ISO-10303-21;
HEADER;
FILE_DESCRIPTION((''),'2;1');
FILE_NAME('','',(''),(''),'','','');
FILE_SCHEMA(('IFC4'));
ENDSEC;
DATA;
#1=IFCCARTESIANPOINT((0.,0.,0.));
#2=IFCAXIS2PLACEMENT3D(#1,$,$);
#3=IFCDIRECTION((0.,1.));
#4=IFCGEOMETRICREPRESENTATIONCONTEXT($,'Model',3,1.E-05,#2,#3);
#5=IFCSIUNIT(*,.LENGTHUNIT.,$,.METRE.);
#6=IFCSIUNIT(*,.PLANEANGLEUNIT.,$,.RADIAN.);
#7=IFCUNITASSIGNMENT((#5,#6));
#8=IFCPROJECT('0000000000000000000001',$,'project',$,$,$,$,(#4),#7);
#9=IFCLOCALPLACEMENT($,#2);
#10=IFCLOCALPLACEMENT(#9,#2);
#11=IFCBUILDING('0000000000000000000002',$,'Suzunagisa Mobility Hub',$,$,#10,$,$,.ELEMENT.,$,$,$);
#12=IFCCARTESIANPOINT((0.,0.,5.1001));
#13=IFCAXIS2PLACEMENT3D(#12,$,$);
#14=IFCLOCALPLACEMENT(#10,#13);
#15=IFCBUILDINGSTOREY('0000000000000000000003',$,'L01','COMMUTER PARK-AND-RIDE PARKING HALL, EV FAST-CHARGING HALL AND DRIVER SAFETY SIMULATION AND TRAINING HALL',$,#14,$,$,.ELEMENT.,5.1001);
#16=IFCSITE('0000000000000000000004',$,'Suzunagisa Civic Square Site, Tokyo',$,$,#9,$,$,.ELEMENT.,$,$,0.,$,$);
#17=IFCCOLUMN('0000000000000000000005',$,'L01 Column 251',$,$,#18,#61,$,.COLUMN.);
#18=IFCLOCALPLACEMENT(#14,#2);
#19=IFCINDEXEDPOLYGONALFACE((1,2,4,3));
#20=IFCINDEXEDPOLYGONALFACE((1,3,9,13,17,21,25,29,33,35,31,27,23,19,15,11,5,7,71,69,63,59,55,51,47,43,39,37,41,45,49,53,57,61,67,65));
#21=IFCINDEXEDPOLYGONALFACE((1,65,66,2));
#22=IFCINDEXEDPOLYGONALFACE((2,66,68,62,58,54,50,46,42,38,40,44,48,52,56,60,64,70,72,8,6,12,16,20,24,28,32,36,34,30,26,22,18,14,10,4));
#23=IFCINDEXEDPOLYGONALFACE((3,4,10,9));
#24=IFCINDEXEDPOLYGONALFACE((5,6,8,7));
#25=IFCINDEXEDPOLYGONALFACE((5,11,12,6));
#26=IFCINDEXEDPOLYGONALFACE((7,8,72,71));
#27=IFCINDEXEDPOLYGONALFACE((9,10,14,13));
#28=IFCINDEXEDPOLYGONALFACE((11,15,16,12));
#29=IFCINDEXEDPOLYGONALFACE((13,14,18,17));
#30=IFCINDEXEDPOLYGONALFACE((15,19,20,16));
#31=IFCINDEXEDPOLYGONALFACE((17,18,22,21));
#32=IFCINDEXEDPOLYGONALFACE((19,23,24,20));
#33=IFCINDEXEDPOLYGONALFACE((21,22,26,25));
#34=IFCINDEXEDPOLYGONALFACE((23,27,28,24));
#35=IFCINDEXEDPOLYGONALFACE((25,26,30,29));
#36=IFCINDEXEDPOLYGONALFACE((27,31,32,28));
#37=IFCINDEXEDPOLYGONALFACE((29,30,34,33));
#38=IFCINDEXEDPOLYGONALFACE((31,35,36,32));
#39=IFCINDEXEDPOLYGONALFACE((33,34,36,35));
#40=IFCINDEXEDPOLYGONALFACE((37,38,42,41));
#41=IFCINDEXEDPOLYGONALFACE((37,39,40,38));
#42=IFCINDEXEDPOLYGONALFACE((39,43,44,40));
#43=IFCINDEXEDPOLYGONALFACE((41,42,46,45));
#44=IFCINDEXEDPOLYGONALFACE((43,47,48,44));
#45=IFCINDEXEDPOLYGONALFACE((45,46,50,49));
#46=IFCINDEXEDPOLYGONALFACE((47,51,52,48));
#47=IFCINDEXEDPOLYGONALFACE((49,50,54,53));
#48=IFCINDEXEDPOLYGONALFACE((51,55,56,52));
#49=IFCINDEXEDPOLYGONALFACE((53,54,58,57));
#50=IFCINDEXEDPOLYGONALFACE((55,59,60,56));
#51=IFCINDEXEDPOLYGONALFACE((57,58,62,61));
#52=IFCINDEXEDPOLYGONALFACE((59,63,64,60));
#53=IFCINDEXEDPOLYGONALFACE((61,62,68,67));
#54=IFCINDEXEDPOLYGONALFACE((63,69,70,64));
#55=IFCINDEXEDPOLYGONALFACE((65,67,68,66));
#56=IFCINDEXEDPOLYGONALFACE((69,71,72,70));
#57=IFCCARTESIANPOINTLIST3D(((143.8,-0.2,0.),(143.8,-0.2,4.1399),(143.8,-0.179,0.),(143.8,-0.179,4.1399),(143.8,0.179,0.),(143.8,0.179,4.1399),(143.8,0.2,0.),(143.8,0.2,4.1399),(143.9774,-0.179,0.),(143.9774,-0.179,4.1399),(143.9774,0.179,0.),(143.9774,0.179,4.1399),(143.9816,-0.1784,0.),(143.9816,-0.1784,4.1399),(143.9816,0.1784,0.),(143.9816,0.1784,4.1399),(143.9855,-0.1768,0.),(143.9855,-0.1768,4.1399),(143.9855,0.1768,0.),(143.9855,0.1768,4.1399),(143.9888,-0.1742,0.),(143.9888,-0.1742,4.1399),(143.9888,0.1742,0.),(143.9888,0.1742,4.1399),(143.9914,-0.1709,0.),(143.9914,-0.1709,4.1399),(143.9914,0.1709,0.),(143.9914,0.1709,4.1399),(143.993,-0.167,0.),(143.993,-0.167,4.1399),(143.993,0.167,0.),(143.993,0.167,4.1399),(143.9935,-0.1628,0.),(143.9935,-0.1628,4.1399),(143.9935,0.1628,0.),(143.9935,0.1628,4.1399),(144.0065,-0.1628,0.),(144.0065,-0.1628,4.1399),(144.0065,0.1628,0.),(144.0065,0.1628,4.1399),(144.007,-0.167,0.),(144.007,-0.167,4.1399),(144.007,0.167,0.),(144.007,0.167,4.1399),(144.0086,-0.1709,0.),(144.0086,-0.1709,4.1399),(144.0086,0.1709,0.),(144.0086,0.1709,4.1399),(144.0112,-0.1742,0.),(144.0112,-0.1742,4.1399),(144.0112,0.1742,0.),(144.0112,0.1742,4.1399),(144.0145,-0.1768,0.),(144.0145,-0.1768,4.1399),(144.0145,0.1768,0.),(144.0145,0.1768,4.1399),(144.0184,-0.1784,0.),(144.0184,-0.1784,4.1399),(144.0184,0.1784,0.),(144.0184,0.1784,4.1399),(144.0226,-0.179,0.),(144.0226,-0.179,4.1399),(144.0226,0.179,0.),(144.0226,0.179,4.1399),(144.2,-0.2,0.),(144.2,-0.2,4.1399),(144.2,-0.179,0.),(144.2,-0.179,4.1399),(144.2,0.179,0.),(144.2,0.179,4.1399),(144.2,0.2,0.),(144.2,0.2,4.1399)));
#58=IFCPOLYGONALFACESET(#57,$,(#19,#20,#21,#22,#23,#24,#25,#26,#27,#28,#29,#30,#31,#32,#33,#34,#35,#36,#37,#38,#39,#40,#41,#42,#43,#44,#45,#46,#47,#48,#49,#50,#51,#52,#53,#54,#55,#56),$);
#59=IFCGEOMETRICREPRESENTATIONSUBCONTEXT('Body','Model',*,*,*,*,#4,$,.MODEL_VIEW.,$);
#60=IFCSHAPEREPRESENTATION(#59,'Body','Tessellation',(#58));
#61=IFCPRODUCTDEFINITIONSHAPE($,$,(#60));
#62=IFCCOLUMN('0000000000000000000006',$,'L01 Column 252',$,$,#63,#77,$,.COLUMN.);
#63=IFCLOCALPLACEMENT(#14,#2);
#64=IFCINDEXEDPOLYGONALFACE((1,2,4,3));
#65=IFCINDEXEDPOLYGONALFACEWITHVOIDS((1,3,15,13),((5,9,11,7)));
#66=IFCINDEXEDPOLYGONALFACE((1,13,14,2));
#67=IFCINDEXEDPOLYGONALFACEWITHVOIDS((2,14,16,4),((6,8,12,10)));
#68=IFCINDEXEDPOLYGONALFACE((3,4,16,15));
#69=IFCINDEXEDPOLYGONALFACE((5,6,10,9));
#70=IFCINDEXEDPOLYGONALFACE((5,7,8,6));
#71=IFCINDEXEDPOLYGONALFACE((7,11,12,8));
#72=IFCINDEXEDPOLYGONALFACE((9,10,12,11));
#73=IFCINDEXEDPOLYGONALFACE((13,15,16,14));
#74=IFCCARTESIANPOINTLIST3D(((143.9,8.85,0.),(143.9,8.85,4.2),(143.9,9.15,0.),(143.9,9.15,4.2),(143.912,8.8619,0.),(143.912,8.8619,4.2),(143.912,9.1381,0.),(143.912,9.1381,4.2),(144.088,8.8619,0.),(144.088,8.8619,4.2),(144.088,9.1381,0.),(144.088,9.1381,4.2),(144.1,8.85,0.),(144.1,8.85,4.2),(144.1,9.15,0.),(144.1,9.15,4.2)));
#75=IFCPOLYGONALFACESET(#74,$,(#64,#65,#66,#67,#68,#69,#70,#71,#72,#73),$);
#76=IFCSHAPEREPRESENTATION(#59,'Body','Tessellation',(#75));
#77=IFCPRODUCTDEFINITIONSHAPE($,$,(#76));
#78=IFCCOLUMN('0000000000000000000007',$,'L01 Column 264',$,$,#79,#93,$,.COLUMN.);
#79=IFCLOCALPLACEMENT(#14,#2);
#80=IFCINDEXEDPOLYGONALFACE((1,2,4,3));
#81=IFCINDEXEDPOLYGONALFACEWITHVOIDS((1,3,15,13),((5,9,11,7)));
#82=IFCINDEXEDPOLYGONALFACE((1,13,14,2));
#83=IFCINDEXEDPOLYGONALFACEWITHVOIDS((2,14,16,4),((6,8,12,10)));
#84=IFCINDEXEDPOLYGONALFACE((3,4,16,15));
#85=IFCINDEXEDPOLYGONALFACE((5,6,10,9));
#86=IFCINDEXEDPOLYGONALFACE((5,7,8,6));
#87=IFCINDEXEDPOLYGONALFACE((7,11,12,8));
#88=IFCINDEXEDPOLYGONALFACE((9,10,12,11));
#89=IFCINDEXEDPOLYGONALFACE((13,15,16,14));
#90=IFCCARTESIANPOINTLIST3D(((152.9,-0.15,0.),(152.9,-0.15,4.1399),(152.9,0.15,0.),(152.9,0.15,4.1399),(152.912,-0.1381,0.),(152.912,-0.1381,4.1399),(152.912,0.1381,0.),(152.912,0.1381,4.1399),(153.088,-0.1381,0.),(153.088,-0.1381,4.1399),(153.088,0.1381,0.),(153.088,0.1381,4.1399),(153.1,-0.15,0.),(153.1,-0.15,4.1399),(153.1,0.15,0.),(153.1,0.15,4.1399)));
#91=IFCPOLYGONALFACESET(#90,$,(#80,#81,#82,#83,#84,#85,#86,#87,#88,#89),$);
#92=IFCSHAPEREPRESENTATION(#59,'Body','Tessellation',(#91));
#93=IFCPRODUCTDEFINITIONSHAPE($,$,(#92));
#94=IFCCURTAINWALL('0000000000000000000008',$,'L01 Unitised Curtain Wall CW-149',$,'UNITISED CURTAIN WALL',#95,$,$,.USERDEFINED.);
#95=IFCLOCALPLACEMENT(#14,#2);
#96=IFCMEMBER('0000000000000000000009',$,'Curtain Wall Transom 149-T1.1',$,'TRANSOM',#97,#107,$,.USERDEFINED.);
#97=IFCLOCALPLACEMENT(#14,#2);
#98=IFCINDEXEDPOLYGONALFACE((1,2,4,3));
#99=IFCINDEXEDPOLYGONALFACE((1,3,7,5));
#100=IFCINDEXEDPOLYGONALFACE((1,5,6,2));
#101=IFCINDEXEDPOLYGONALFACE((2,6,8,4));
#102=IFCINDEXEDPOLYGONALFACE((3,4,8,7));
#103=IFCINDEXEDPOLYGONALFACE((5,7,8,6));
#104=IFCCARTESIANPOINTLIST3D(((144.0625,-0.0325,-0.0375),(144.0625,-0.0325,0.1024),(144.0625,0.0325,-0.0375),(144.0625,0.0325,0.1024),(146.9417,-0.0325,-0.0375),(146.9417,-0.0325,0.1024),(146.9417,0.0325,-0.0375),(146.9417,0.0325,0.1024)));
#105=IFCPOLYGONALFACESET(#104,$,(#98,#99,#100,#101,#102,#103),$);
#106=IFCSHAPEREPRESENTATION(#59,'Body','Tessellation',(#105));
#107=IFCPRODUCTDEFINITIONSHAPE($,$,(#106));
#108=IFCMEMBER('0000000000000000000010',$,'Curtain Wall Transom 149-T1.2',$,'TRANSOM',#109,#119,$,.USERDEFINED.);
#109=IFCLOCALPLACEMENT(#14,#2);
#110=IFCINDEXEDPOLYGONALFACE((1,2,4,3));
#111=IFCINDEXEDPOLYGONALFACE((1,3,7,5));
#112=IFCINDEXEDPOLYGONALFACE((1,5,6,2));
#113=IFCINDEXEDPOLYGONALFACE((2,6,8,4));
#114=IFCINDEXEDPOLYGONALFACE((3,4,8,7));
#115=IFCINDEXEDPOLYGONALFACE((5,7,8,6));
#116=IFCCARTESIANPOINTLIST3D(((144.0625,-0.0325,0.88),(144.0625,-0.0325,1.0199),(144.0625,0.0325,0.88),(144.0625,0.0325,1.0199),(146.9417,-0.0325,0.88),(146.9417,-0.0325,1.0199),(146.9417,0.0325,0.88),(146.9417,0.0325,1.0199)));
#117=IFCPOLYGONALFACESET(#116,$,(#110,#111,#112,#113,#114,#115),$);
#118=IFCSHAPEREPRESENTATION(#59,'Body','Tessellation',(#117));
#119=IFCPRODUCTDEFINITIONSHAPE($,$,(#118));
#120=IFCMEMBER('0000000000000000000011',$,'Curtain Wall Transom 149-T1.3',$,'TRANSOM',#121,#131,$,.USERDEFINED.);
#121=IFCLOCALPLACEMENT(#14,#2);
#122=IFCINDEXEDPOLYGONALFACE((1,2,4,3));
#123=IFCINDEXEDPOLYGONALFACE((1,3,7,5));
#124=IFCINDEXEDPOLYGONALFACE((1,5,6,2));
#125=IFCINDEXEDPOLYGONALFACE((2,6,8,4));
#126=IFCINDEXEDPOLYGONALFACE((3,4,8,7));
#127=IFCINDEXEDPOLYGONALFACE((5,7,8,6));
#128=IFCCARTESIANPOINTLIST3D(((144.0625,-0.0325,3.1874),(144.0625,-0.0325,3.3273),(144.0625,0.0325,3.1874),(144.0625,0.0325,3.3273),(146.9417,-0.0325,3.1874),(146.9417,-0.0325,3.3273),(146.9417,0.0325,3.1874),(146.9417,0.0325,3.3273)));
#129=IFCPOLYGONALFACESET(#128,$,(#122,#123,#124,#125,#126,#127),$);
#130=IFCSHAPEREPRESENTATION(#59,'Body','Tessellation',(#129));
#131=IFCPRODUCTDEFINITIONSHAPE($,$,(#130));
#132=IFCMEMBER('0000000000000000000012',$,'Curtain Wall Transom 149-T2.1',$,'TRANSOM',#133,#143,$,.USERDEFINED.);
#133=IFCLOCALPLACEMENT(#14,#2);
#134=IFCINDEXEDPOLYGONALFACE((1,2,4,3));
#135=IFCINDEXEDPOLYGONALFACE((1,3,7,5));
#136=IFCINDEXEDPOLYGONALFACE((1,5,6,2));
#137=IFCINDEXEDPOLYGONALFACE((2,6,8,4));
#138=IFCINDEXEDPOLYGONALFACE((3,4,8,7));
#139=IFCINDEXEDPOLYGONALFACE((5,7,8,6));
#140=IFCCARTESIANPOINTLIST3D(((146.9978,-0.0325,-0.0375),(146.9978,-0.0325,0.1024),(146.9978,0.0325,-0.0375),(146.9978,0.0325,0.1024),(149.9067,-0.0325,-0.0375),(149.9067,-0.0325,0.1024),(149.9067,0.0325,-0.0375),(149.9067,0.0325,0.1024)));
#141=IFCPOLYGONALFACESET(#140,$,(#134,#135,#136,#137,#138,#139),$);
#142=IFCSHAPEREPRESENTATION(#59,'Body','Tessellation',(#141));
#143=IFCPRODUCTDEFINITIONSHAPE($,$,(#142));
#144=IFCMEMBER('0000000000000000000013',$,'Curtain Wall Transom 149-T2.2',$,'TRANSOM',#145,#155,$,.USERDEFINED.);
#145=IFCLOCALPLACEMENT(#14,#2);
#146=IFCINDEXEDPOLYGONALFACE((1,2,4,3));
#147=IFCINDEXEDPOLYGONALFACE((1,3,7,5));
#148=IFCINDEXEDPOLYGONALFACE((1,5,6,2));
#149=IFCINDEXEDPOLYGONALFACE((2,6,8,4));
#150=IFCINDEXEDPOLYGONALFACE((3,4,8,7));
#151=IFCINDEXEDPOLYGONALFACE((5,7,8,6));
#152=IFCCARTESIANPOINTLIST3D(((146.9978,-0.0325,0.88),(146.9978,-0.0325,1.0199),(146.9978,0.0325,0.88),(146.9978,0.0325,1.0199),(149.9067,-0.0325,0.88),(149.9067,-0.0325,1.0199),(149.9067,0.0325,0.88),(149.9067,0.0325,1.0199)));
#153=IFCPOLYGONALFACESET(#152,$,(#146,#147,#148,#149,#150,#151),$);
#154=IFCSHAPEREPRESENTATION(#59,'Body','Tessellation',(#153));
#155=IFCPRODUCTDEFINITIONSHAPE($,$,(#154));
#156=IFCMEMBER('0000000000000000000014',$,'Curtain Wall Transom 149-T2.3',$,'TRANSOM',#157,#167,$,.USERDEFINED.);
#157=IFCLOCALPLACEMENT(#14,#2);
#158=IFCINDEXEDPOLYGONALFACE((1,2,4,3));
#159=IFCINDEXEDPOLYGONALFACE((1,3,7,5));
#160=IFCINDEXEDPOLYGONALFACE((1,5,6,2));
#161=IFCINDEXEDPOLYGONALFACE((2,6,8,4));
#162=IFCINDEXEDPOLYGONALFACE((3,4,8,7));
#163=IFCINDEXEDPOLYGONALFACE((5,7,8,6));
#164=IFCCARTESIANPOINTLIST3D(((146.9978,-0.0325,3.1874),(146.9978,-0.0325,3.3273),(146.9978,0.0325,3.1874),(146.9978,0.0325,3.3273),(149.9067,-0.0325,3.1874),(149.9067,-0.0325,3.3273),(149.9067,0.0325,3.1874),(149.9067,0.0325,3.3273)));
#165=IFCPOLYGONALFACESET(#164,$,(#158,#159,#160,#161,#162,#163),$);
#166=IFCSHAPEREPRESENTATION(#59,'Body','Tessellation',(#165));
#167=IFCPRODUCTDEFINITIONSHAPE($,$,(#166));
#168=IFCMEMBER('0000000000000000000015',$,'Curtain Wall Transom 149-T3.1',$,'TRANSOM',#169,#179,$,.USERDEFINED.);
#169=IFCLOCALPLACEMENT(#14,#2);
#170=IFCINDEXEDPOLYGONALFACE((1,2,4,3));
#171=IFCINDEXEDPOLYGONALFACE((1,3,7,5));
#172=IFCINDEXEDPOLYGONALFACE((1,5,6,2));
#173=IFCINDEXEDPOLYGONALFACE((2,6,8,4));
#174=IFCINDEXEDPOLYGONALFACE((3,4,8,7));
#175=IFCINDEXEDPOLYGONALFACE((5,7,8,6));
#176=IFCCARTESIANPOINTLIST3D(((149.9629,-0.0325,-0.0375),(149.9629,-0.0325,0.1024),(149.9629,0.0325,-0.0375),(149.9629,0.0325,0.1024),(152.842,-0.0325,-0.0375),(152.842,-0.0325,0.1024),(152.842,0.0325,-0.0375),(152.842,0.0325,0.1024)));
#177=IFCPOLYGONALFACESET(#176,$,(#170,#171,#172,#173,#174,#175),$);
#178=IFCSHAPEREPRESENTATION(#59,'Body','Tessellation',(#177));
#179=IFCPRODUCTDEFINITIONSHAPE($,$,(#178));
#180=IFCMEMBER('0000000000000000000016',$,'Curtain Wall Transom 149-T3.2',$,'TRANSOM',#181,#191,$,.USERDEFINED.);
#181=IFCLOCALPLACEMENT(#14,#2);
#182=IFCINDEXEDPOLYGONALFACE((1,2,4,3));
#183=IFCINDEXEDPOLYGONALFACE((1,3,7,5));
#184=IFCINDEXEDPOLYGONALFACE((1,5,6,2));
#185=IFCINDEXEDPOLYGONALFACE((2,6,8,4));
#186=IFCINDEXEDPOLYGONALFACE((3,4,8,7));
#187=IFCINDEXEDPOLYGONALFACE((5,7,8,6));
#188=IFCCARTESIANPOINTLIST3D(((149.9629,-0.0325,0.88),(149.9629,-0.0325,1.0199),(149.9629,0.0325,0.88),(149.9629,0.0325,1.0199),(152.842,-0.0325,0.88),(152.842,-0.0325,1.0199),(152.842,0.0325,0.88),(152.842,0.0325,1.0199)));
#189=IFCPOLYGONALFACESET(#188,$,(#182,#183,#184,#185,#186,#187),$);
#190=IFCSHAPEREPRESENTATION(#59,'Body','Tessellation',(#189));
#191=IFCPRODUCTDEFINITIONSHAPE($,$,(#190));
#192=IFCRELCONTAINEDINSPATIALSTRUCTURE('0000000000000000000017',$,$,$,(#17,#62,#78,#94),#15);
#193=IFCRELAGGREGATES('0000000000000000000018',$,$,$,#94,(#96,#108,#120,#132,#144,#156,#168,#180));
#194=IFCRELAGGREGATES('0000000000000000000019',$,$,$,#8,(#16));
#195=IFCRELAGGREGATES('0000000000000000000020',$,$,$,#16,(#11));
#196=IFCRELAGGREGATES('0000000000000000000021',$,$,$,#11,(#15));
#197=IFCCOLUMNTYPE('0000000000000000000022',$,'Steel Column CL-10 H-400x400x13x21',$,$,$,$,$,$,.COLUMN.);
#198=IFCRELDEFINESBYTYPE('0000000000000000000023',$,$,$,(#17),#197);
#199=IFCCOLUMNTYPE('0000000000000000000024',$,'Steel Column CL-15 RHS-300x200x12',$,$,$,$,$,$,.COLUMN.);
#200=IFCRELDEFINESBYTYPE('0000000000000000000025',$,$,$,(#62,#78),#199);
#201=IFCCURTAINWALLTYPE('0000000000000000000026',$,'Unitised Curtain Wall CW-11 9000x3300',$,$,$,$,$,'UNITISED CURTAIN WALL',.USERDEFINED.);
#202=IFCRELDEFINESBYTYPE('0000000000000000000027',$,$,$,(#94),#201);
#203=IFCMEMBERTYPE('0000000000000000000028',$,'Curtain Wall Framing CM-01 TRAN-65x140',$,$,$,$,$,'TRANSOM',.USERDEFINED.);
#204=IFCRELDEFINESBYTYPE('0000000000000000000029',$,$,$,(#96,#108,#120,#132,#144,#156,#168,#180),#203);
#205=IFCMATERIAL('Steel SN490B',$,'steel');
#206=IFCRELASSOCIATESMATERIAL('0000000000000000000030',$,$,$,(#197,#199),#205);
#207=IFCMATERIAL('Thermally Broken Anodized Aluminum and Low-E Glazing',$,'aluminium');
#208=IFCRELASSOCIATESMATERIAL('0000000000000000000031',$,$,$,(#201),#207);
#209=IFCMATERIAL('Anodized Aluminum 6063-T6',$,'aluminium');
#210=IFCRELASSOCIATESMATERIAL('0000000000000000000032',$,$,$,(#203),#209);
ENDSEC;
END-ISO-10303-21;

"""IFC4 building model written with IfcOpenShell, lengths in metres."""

from ifc_helpers import new_model, si_unit, direction, frame, origin, origin_2d, place, context, subcontext, project, spatial, rectangle, hollow_rectangle, i_section, extrude, material, material_profile, profile_set, type_object, element, aggregate, save


model = new_model("IFC4")

# Units and contexts
model_context = context("Model", 3, precision=1e-05, world=origin(), true_north=direction((0.0, 1.0)))
body_context = subcontext(model_context, "Body", "Model", "MODEL_VIEW")
ifc_project = project(units=[si_unit("LENGTHUNIT", "METRE"), si_unit("PLANEANGLEUNIT", "RADIAN")], contexts=[model_context])

# Site, building, storey
site_placement = place(None, origin())
site = spatial("IfcSite", under=ifc_project, at=site_placement, Name="Suzunagisa Civic Square Site, Tokyo", CompositionType="ELEMENT", RefElevation=0.0)
building_placement = place(site_placement, origin())
building = spatial("IfcBuilding", under=site, at=building_placement, Name="Suzunagisa Mobility Hub", CompositionType="ELEMENT")
storey_placement = place(building_placement, frame((0.0, 0.0, 5.1001)))
storey = spatial("IfcBuildingStorey", under=building, at=storey_placement, Name="L01", Description="COMMUTER PARK-AND-RIDE PARKING HALL, EV FAST-CHARGING HALL AND DRIVER SAFETY SIMULATION AND TRAINING HALL", CompositionType="ELEMENT", Elevation=5.1001)

# Columns
ifc_material_1 = material(Name="Steel SN490B", Category="steel")
ifc_material_profile_1 = material_profile(ifc_material_1, i_section(OverallWidth=0.3999, OverallDepth=0.3999, WebThickness=0.0129, FlangeThickness=0.021, FilletRadius=0.0161, at=origin_2d()), Name="H-400x400x13x21")
ifc_profile_set_1 = profile_set([ifc_material_profile_1], Name="Steel SN490B")
column_type_1 = type_object("IfcColumnType", Name="Steel Column CL-10 H-400x400x13x21", PredefinedType="COLUMN", material=ifc_profile_set_1)
column_1_placement = place(storey_placement, frame((144.0, 0.0, 0.0), z_axis=(0.0, 0.0, 1.0), x_axis=(1.0, 0.0, 0.0)))
element("IfcColumn", 1, at=column_1_placement, inside=storey, type_object=column_type_1, Name="L01 Column 251", PredefinedType="COLUMN", context=body_context, shape_type="SweptSolid", body=[
    extrude(i_section(OverallWidth=0.3999, OverallDepth=0.3999, WebThickness=0.0129, FlangeThickness=0.021, FilletRadius=0.0161, at=origin_2d()), origin(), (0.0, 0.0, 1.0), 4.1399),
])
ifc_material_profile_2 = material_profile(ifc_material_1, hollow_rectangle(XDim=0.2, YDim=0.3, WallThickness=0.012, at=origin_2d()), Name="RHS-300x200x12")
ifc_profile_set_2 = profile_set([ifc_material_profile_2], Name="Steel SN490B")
column_type_2 = type_object("IfcColumnType", Name="Steel Column CL-15 RHS-300x200x12", PredefinedType="COLUMN", material=ifc_profile_set_2)
column_2_placement = place(storey_placement, frame((144.0, 9.0, 0.0), z_axis=(0.0, 0.0, 1.0), x_axis=(1.0, 0.0, 0.0)))
element("IfcColumn", 2, at=column_2_placement, inside=storey, type_object=column_type_2, Name="L01 Column 252", PredefinedType="COLUMN", context=body_context, shape_type="SweptSolid", body=[
    extrude(hollow_rectangle(XDim=0.2, YDim=0.3, WallThickness=0.012, at=origin_2d()), origin(), (0.0, 0.0, 1.0), 4.2),
])
column_3_placement = place(storey_placement, frame((153.0, 0.0, 0.0), z_axis=(0.0, 0.0, 1.0), x_axis=(1.0, 0.0, 0.0)))
element("IfcColumn", 3, at=column_3_placement, inside=storey, type_object=column_type_2, Name="L01 Column 264", PredefinedType="COLUMN", context=body_context, shape_type="SweptSolid", body=[
    extrude(hollow_rectangle(XDim=0.2, YDim=0.3, WallThickness=0.012, at=origin_2d()), origin(), (0.0, 0.0, 1.0), 4.1399),
])

# Curtain wall, members
ifc_material_2 = material(Name="Thermally Broken Anodized Aluminum and Low-E Glazing", Category="aluminium")
curtain_wall_type = type_object("IfcCurtainWallType", Name="Unitised Curtain Wall CW-11 9000x3300", ElementType="UNITISED CURTAIN WALL", PredefinedType="USERDEFINED", material=ifc_material_2)
curtain_wall_placement = place(storey_placement, origin())
curtain_wall = element("IfcCurtainWall", 4, at=curtain_wall_placement, inside=storey, type_object=curtain_wall_type, Name="L01 Unitised Curtain Wall CW-149", ObjectType="UNITISED CURTAIN WALL", PredefinedType="USERDEFINED")
ifc_material_3 = material(Name="Anodized Aluminum 6063-T6", Category="aluminium")
ifc_material_profile_3 = material_profile(ifc_material_3, rectangle(XDim=0.0649, YDim=0.1399, at=origin_2d()), Name="TRAN-65x140")
ifc_profile_set_3 = profile_set([ifc_material_profile_3], Name="Anodized Aluminum 6063-T6")
member_type_1 = type_object("IfcMemberType", Name="Curtain Wall Framing CM-01 TRAN-65x140", ElementType="TRANSOM", PredefinedType="USERDEFINED", material=ifc_profile_set_3)
member_1_placement = place(storey_placement, frame((144.0625, 0.0, 0.0325), z_axis=(1.0, 0.0, 0.0), x_axis=(0.0, 1.0, 0.0)))
member_1 = element("IfcMember", 5, at=member_1_placement, type_object=member_type_1, Name="Curtain Wall Transom 149-T1.1", ObjectType="TRANSOM", PredefinedType="USERDEFINED", context=body_context, shape_type="SweptSolid", body=[
    extrude(rectangle(XDim=0.0649, YDim=0.1399, at=origin_2d()), origin(), (0.0, 0.0, 1.0), 2.8792),
])
member_2_placement = place(storey_placement, frame((144.0625, 0.0, 0.95), z_axis=(1.0, 0.0, 0.0), x_axis=(0.0, 1.0, 0.0)))
member_2 = element("IfcMember", 6, at=member_2_placement, type_object=member_type_1, Name="Curtain Wall Transom 149-T1.2", ObjectType="TRANSOM", PredefinedType="USERDEFINED", context=body_context, shape_type="SweptSolid", body=[
    extrude(rectangle(XDim=0.0649, YDim=0.1399, at=origin_2d()), origin(), (0.0, 0.0, 1.0), 2.8792),
])
member_3_placement = place(storey_placement, frame((144.0625, 0.0, 3.2573), z_axis=(1.0, 0.0, 0.0), x_axis=(0.0, 1.0, 0.0)))
member_3 = element("IfcMember", 7, at=member_3_placement, type_object=member_type_1, Name="Curtain Wall Transom 149-T1.3", ObjectType="TRANSOM", PredefinedType="USERDEFINED", context=body_context, shape_type="SweptSolid", body=[
    extrude(rectangle(XDim=0.0649, YDim=0.1399, at=origin_2d()), origin(), (0.0, 0.0, 1.0), 2.8792),
])
member_4_placement = place(storey_placement, frame((146.9978, 0.0, 0.0325), z_axis=(1.0, 0.0, 0.0), x_axis=(0.0, 1.0, 0.0)))
member_4 = element("IfcMember", 8, at=member_4_placement, type_object=member_type_1, Name="Curtain Wall Transom 149-T2.1", ObjectType="TRANSOM", PredefinedType="USERDEFINED", context=body_context, shape_type="SweptSolid", body=[
    extrude(rectangle(XDim=0.0649, YDim=0.1399, at=origin_2d()), origin(), (0.0, 0.0, 1.0), 2.9089),
])
member_5_placement = place(storey_placement, frame((146.9978, 0.0, 0.95), z_axis=(1.0, 0.0, 0.0), x_axis=(0.0, 1.0, 0.0)))
member_5 = element("IfcMember", 9, at=member_5_placement, type_object=member_type_1, Name="Curtain Wall Transom 149-T2.2", ObjectType="TRANSOM", PredefinedType="USERDEFINED", context=body_context, shape_type="SweptSolid", body=[
    extrude(rectangle(XDim=0.0649, YDim=0.1399, at=origin_2d()), origin(), (0.0, 0.0, 1.0), 2.9089),
])
member_6_placement = place(storey_placement, frame((146.9978, 0.0, 3.2573), z_axis=(1.0, 0.0, 0.0), x_axis=(0.0, 1.0, 0.0)))
member_6 = element("IfcMember", 10, at=member_6_placement, type_object=member_type_1, Name="Curtain Wall Transom 149-T2.3", ObjectType="TRANSOM", PredefinedType="USERDEFINED", context=body_context, shape_type="SweptSolid", body=[
    extrude(rectangle(XDim=0.0649, YDim=0.1399, at=origin_2d()), origin(), (0.0, 0.0, 1.0), 2.9089),
])
member_7_placement = place(storey_placement, frame((149.9629, 0.0, 0.0325), z_axis=(1.0, 0.0, 0.0), x_axis=(0.0, 1.0, 0.0)))
member_7 = element("IfcMember", 11, at=member_7_placement, type_object=member_type_1, Name="Curtain Wall Transom 149-T3.1", ObjectType="TRANSOM", PredefinedType="USERDEFINED", context=body_context, shape_type="SweptSolid", body=[
    extrude(rectangle(XDim=0.0649, YDim=0.1399, at=origin_2d()), origin(), (0.0, 0.0, 1.0), 2.8792),
])
member_8_placement = place(storey_placement, frame((149.9629, 0.0, 0.95), z_axis=(1.0, 0.0, 0.0), x_axis=(0.0, 1.0, 0.0)))
member_8 = element("IfcMember", 12, at=member_8_placement, type_object=member_type_1, Name="Curtain Wall Transom 149-T3.2", ObjectType="TRANSOM", PredefinedType="USERDEFINED", context=body_context, shape_type="SweptSolid", body=[
    extrude(rectangle(XDim=0.0649, YDim=0.1399, at=origin_2d()), origin(), (0.0, 0.0, 1.0), 2.8792),
])

aggregate(curtain_wall, [member_1, member_2, member_3, member_4, member_5, member_6, member_7, member_8])

save(model, "model.ifc")
